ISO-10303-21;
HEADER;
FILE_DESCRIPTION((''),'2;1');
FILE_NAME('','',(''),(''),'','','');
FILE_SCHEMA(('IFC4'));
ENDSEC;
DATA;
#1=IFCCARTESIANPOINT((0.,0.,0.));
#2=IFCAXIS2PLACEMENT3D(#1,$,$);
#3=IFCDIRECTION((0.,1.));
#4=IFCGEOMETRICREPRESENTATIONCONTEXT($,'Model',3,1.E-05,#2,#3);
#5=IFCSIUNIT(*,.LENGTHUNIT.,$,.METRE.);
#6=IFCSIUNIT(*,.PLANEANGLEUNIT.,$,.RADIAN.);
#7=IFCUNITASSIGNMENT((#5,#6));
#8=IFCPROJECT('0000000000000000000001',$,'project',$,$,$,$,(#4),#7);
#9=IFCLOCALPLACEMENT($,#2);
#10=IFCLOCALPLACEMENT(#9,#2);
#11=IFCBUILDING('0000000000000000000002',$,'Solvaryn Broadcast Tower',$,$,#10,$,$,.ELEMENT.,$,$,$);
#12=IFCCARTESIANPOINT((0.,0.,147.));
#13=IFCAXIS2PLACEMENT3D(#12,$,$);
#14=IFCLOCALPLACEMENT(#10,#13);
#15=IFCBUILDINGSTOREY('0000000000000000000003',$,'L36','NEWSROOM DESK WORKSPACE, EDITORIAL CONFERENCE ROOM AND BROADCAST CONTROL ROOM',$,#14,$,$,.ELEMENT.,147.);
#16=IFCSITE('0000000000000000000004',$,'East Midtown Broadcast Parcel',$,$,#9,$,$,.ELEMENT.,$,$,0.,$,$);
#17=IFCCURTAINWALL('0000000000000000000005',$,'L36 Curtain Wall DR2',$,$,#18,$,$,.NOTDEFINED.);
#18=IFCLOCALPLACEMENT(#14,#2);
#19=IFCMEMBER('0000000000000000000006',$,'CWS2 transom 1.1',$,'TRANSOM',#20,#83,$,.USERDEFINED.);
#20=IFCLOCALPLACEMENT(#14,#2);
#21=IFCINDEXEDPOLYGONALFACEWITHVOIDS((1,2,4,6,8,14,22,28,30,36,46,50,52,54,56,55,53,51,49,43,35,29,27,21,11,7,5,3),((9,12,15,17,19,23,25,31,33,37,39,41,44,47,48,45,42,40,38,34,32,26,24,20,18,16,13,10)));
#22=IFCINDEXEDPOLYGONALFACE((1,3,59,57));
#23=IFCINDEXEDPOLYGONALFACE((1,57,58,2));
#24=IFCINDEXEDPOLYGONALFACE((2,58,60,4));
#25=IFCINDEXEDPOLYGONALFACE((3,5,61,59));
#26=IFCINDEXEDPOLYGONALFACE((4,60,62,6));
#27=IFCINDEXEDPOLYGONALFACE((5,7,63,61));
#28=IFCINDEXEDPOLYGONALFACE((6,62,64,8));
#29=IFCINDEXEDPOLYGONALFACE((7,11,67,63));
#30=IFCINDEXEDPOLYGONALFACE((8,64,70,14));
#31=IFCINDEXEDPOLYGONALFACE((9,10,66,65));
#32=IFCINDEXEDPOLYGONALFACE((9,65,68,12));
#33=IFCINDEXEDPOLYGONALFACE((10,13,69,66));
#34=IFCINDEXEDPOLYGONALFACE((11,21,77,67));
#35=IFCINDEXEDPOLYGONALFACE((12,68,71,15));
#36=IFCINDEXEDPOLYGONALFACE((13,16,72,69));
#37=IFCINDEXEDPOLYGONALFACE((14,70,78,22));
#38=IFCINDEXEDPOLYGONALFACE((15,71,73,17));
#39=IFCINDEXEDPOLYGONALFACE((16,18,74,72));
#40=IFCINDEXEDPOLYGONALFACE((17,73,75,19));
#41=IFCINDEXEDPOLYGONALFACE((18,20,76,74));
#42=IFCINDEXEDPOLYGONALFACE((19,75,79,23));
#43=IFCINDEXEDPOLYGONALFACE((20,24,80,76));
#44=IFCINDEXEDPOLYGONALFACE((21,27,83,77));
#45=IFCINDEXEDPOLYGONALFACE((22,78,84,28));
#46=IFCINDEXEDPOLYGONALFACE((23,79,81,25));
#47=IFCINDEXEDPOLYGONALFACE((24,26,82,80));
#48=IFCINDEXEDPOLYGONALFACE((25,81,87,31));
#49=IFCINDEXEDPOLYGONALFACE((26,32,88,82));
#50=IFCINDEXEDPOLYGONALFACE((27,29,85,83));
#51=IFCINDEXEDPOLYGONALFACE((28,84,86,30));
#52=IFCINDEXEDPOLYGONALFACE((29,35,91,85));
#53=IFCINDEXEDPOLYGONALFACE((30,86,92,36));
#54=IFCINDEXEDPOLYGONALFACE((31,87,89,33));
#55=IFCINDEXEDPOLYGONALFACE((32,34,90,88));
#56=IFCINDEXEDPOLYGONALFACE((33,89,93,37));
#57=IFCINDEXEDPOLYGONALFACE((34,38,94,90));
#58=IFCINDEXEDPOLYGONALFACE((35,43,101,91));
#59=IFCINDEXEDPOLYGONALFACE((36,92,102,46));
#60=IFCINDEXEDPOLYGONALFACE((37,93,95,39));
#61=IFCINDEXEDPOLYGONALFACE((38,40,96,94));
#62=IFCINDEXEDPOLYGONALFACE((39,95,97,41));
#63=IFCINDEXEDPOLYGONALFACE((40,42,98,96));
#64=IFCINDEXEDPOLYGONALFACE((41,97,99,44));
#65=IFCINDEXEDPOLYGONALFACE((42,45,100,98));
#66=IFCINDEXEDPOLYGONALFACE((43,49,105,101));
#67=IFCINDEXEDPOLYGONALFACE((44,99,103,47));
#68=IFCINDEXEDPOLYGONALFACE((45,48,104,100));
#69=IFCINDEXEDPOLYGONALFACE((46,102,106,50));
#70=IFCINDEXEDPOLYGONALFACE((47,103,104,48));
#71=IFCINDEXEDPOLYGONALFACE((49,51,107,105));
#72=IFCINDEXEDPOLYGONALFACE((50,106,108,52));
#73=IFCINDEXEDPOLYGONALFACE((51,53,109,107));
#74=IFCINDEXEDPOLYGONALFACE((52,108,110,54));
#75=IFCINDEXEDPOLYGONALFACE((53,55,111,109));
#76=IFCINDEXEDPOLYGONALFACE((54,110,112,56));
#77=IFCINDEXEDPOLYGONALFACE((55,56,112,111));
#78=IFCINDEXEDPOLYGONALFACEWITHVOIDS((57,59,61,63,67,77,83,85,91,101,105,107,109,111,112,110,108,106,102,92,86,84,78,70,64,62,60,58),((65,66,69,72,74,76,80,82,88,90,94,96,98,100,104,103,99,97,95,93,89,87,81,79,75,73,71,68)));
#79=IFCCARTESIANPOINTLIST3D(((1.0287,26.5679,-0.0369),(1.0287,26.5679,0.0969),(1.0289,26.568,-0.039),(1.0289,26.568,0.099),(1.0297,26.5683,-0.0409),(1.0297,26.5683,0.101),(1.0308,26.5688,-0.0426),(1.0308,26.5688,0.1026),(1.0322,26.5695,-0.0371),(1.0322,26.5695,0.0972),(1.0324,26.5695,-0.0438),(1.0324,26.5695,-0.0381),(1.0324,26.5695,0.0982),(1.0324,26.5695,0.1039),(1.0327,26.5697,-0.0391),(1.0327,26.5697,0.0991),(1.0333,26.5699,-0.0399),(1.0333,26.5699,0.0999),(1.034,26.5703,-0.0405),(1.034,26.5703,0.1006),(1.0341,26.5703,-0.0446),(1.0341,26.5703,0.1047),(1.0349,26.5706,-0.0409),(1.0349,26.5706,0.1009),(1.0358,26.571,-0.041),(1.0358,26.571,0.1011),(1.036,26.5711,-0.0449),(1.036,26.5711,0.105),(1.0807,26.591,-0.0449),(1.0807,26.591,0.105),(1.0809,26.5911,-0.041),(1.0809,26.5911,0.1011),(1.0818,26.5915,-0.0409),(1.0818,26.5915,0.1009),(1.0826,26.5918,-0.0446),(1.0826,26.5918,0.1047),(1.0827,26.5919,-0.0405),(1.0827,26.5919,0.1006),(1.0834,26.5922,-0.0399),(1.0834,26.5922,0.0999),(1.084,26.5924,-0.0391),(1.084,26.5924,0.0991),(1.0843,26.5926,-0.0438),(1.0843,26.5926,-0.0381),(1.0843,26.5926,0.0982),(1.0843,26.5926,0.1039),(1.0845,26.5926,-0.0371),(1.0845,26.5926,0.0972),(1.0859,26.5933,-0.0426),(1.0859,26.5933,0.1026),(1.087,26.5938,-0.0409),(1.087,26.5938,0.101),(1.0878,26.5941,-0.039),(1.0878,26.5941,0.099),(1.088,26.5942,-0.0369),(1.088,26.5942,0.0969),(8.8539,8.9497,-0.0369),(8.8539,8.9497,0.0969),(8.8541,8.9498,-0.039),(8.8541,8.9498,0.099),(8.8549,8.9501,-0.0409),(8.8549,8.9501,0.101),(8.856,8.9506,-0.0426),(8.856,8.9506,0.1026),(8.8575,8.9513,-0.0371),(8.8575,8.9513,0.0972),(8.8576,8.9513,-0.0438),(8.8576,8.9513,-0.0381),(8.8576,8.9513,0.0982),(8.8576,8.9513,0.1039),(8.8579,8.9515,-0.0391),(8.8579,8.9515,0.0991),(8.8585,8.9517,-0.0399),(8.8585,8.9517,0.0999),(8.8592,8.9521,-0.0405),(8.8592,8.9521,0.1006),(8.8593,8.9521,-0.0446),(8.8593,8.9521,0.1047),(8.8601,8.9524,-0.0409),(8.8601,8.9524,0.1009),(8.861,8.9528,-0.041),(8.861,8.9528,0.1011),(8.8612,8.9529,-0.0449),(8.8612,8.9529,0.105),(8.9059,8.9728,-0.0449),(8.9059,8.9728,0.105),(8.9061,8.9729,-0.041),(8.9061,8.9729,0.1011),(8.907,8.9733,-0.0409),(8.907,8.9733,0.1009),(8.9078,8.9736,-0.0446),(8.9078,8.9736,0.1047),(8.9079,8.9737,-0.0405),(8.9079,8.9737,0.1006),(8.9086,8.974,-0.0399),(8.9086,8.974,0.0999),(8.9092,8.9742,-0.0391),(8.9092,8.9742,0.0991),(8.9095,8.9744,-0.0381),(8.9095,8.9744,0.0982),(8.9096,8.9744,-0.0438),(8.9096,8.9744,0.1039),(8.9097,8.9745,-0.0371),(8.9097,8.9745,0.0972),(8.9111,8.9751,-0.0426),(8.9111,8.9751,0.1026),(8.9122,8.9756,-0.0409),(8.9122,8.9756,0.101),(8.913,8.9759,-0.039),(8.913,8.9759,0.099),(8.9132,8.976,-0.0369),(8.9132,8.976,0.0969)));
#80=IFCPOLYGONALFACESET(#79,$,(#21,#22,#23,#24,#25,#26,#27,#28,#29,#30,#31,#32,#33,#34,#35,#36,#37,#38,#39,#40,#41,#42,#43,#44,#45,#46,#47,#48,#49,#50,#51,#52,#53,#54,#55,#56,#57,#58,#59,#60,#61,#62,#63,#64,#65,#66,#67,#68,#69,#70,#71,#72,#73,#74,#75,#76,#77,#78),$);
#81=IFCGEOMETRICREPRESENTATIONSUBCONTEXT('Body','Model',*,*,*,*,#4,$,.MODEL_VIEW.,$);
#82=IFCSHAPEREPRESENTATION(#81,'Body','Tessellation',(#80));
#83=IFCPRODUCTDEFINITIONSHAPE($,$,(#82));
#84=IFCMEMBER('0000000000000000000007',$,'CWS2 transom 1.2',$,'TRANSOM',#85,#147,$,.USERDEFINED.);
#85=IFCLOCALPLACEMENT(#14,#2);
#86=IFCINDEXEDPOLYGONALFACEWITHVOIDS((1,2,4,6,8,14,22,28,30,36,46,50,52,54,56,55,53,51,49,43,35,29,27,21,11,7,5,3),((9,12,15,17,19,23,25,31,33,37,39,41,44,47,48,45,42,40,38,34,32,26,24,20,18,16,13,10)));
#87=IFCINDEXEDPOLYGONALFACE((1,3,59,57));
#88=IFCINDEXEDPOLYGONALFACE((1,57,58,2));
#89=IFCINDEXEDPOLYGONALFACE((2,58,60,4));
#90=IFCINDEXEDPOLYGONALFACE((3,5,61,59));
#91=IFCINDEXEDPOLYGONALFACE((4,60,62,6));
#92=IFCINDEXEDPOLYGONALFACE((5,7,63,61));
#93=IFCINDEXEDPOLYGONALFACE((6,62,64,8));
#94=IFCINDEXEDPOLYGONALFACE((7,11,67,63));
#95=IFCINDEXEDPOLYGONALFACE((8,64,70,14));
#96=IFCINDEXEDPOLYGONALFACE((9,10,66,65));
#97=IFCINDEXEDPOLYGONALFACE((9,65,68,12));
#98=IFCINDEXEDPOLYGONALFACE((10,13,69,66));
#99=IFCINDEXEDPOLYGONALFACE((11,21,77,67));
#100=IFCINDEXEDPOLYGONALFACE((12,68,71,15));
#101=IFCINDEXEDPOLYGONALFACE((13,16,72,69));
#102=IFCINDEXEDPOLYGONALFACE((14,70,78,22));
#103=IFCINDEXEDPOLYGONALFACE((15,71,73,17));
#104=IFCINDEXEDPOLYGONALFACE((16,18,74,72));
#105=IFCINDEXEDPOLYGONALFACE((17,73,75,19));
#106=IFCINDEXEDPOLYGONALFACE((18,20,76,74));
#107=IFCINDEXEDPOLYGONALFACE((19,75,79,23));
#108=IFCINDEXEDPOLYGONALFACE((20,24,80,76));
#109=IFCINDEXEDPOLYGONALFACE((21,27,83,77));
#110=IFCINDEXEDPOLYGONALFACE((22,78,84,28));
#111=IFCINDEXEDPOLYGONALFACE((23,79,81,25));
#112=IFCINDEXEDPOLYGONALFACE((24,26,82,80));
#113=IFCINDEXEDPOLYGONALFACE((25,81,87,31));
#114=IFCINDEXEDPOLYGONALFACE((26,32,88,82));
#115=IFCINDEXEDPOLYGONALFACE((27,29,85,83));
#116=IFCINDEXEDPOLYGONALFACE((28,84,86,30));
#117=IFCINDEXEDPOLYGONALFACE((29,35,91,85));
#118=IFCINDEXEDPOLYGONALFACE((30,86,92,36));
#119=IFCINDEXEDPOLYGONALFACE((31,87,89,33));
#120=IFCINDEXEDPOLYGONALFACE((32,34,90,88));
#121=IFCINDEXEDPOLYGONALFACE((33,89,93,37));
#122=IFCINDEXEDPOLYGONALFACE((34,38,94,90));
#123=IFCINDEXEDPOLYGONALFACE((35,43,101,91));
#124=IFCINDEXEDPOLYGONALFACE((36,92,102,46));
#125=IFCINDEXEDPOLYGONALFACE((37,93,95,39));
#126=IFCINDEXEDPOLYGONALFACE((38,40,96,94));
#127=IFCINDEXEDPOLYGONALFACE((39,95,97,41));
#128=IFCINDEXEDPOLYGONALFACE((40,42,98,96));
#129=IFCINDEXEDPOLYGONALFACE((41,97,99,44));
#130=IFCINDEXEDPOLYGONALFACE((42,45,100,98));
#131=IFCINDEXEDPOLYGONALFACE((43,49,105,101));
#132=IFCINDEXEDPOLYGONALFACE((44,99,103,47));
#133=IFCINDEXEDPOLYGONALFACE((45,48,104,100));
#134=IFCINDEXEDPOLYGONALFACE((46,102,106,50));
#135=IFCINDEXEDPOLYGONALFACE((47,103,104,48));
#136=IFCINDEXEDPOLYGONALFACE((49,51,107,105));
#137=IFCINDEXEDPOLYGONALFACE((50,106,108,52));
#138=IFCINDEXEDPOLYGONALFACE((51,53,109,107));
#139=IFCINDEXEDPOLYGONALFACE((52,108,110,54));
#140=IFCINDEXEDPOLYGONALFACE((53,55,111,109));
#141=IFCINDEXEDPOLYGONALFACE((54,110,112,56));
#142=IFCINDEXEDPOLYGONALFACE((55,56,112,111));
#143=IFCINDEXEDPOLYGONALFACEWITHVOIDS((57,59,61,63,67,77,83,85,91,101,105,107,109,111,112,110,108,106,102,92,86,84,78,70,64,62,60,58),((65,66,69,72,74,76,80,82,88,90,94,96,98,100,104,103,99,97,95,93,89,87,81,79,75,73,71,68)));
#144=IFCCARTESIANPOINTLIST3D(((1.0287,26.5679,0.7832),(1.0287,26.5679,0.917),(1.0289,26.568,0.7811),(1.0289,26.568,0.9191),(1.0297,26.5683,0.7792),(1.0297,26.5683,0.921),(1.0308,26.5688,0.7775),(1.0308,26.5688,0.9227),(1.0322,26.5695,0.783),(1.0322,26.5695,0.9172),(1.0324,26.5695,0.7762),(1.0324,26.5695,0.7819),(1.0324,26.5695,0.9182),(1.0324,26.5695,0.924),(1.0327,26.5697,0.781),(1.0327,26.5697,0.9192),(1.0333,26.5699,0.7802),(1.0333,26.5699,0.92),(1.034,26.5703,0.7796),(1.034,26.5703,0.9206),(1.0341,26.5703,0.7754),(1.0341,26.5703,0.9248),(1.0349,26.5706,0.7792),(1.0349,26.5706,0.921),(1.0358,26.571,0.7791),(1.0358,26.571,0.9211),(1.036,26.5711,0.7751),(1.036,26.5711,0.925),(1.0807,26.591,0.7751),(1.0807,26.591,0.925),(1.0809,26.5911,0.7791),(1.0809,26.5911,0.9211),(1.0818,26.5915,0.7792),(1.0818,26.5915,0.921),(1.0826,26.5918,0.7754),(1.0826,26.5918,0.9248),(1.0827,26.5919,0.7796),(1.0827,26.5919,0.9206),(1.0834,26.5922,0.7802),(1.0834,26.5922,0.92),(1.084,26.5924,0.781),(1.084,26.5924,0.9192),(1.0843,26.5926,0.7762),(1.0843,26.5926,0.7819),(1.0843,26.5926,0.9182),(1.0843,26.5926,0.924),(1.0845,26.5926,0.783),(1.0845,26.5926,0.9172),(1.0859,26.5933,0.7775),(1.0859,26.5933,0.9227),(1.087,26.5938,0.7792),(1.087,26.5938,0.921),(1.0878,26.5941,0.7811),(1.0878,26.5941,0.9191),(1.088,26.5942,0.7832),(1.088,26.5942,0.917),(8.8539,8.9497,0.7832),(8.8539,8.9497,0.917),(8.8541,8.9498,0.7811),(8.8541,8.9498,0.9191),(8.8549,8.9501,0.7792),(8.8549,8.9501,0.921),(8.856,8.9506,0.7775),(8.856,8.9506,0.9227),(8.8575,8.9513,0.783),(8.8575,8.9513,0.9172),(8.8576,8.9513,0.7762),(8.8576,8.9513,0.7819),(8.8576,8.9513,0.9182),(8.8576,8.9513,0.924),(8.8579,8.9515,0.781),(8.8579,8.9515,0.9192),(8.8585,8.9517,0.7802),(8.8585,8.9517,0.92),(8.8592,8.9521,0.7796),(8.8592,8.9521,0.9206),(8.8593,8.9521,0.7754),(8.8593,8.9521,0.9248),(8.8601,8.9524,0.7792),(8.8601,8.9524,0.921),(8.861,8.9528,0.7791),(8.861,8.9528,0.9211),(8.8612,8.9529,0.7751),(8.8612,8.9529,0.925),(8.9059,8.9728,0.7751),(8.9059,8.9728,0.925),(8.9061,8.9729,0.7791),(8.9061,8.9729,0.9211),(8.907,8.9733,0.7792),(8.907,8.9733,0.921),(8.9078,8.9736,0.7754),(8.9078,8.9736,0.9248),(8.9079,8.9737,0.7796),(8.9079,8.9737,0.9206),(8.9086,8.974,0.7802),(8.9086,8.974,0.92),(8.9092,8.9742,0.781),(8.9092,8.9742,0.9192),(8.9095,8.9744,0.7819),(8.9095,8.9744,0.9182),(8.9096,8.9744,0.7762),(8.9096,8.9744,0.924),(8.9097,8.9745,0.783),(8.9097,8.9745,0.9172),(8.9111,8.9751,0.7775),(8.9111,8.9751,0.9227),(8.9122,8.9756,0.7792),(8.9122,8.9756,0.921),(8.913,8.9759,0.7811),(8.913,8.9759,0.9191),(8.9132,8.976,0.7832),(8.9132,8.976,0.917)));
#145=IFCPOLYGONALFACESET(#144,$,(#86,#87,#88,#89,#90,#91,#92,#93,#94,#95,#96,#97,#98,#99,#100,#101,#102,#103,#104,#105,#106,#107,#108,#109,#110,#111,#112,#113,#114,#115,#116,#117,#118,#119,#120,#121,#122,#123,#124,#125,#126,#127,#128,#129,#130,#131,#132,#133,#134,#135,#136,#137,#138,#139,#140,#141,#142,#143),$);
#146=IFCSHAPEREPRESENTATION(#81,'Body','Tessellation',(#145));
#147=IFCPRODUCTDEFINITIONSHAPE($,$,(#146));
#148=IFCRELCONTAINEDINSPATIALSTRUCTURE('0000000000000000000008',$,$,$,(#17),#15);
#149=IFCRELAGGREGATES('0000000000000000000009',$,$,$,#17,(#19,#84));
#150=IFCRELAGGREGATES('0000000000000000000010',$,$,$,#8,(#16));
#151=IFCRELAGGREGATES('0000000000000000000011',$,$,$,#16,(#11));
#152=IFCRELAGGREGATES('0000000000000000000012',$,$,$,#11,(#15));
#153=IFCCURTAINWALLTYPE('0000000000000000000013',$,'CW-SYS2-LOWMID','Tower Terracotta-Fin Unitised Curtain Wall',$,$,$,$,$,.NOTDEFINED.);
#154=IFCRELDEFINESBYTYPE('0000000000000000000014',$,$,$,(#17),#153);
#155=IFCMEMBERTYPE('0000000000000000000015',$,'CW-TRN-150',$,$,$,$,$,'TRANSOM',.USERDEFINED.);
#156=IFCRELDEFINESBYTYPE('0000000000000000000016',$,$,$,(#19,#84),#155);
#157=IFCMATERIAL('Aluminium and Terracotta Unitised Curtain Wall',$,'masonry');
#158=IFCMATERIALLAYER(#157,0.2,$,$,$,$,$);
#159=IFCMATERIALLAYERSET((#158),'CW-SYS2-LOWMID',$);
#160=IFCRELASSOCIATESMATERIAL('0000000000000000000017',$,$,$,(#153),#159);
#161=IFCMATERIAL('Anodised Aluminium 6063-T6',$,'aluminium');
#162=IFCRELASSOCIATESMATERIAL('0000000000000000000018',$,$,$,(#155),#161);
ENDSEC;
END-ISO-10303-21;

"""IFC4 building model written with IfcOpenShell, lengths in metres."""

from ifc_helpers import new_model, si_unit, direction, frame, origin, origin_2d, place, context, subcontext, project, spatial, hollow_rectangle, extrude, material, layer, layer_set, material_profile, profile_set, type_object, element, aggregate, save


model = new_model("IFC4")

# Units and contexts
model_context = context("Model", 3, precision=1e-05, world=origin(), true_north=direction((0.0, 1.0)))
body_context = subcontext(model_context, "Body", "Model", "MODEL_VIEW")
ifc_project = project(units=[si_unit("LENGTHUNIT", "METRE"), si_unit("PLANEANGLEUNIT", "RADIAN")], contexts=[model_context])

# Site, building, storey
site_placement = place(None, origin())
site = spatial("IfcSite", under=ifc_project, at=site_placement, Name="East Midtown Broadcast Parcel", CompositionType="ELEMENT", RefElevation=0.0)
building_placement = place(site_placement, origin())
building = spatial("IfcBuilding", under=site, at=building_placement, Name="Solvaryn Broadcast Tower", CompositionType="ELEMENT")
storey_placement = place(building_placement, frame((0.0, 0.0, 147.0)))
storey = spatial("IfcBuildingStorey", under=building, at=storey_placement, Name="L36", Description="NEWSROOM DESK WORKSPACE, EDITORIAL CONFERENCE ROOM AND BROADCAST CONTROL ROOM", CompositionType="ELEMENT", Elevation=147.0)

# Shared definitions
ifc_material_1 = material(Name="Aluminium and Terracotta Unitised Curtain Wall", Category="masonry")
ifc_layer_1 = layer(ifc_material_1, 0.2)
ifc_layer_set_1 = layer_set([ifc_layer_1], Name="CW-SYS2-LOWMID")
curtain_wall_type = type_object("IfcCurtainWallType", Name="CW-SYS2-LOWMID", Description="Tower Terracotta-Fin Unitised Curtain Wall", PredefinedType="NOTDEFINED", material=ifc_layer_set_1)

# Curtain wall, members
curtain_wall_1_placement = place(storey_placement, origin())
curtain_wall_1 = element("IfcCurtainWall", 1, at=curtain_wall_1_placement, inside=storey, type_object=curtain_wall_type, Name="L36 Curtain Wall DR2", PredefinedType="NOTDEFINED")
ifc_material_2 = material(Name="Anodised Aluminium 6063-T6", Category="aluminium")
ifc_material_profile_1 = material_profile(ifc_material_2, hollow_rectangle(XDim=0.0649, YDim=0.1499, WallThickness=0.0039, InnerFilletRadius=0.0039, OuterFilletRadius=0.0081, at=origin_2d()))
ifc_profile_set_1 = profile_set([ifc_material_profile_1], Name="Anodised Aluminium 6063-T6")
member_type_1 = type_object("IfcMemberType", Name="CW-TRN-150", ElementType="TRANSOM", PredefinedType="USERDEFINED", material=ifc_profile_set_1)
member_1_placement = place(storey_placement, frame((1.0583, 26.5811, 0.03), z_axis=(0.405918, -0.91391, 0.0), x_axis=(0.91391, 0.405918, 0.0)))
member_1 = element("IfcMember", 2, at=member_1_placement, type_object=member_type_1, Name="CWS2 transom 1.1", ObjectType="TRANSOM", PredefinedType="USERDEFINED", context=body_context, shape_type="SweptSolid", body=[
    extrude(hollow_rectangle(XDim=0.0649, YDim=0.1499, WallThickness=0.0039, InnerFilletRadius=0.0039, OuterFilletRadius=0.0081, at=origin_2d()), origin(), (0.0, 0.0, 1.0), 19.2778),
])
member_2_placement = place(storey_placement, frame((1.0583, 26.5811, 0.8501), z_axis=(0.405918, -0.91391, 0.0), x_axis=(0.91391, 0.405918, 0.0)))
member_2 = element("IfcMember", 3, at=member_2_placement, type_object=member_type_1, Name="CWS2 transom 1.2", ObjectType="TRANSOM", PredefinedType="USERDEFINED", context=body_context, shape_type="SweptSolid", body=[
    extrude(hollow_rectangle(XDim=0.0649, YDim=0.1499, WallThickness=0.0039, InnerFilletRadius=0.0039, OuterFilletRadius=0.0081, at=origin_2d()), origin(), (0.0, 0.0, 1.0), 19.2778),
])
aggregate(curtain_wall_1, [member_1, member_2])

save(model, "model.ifc")
